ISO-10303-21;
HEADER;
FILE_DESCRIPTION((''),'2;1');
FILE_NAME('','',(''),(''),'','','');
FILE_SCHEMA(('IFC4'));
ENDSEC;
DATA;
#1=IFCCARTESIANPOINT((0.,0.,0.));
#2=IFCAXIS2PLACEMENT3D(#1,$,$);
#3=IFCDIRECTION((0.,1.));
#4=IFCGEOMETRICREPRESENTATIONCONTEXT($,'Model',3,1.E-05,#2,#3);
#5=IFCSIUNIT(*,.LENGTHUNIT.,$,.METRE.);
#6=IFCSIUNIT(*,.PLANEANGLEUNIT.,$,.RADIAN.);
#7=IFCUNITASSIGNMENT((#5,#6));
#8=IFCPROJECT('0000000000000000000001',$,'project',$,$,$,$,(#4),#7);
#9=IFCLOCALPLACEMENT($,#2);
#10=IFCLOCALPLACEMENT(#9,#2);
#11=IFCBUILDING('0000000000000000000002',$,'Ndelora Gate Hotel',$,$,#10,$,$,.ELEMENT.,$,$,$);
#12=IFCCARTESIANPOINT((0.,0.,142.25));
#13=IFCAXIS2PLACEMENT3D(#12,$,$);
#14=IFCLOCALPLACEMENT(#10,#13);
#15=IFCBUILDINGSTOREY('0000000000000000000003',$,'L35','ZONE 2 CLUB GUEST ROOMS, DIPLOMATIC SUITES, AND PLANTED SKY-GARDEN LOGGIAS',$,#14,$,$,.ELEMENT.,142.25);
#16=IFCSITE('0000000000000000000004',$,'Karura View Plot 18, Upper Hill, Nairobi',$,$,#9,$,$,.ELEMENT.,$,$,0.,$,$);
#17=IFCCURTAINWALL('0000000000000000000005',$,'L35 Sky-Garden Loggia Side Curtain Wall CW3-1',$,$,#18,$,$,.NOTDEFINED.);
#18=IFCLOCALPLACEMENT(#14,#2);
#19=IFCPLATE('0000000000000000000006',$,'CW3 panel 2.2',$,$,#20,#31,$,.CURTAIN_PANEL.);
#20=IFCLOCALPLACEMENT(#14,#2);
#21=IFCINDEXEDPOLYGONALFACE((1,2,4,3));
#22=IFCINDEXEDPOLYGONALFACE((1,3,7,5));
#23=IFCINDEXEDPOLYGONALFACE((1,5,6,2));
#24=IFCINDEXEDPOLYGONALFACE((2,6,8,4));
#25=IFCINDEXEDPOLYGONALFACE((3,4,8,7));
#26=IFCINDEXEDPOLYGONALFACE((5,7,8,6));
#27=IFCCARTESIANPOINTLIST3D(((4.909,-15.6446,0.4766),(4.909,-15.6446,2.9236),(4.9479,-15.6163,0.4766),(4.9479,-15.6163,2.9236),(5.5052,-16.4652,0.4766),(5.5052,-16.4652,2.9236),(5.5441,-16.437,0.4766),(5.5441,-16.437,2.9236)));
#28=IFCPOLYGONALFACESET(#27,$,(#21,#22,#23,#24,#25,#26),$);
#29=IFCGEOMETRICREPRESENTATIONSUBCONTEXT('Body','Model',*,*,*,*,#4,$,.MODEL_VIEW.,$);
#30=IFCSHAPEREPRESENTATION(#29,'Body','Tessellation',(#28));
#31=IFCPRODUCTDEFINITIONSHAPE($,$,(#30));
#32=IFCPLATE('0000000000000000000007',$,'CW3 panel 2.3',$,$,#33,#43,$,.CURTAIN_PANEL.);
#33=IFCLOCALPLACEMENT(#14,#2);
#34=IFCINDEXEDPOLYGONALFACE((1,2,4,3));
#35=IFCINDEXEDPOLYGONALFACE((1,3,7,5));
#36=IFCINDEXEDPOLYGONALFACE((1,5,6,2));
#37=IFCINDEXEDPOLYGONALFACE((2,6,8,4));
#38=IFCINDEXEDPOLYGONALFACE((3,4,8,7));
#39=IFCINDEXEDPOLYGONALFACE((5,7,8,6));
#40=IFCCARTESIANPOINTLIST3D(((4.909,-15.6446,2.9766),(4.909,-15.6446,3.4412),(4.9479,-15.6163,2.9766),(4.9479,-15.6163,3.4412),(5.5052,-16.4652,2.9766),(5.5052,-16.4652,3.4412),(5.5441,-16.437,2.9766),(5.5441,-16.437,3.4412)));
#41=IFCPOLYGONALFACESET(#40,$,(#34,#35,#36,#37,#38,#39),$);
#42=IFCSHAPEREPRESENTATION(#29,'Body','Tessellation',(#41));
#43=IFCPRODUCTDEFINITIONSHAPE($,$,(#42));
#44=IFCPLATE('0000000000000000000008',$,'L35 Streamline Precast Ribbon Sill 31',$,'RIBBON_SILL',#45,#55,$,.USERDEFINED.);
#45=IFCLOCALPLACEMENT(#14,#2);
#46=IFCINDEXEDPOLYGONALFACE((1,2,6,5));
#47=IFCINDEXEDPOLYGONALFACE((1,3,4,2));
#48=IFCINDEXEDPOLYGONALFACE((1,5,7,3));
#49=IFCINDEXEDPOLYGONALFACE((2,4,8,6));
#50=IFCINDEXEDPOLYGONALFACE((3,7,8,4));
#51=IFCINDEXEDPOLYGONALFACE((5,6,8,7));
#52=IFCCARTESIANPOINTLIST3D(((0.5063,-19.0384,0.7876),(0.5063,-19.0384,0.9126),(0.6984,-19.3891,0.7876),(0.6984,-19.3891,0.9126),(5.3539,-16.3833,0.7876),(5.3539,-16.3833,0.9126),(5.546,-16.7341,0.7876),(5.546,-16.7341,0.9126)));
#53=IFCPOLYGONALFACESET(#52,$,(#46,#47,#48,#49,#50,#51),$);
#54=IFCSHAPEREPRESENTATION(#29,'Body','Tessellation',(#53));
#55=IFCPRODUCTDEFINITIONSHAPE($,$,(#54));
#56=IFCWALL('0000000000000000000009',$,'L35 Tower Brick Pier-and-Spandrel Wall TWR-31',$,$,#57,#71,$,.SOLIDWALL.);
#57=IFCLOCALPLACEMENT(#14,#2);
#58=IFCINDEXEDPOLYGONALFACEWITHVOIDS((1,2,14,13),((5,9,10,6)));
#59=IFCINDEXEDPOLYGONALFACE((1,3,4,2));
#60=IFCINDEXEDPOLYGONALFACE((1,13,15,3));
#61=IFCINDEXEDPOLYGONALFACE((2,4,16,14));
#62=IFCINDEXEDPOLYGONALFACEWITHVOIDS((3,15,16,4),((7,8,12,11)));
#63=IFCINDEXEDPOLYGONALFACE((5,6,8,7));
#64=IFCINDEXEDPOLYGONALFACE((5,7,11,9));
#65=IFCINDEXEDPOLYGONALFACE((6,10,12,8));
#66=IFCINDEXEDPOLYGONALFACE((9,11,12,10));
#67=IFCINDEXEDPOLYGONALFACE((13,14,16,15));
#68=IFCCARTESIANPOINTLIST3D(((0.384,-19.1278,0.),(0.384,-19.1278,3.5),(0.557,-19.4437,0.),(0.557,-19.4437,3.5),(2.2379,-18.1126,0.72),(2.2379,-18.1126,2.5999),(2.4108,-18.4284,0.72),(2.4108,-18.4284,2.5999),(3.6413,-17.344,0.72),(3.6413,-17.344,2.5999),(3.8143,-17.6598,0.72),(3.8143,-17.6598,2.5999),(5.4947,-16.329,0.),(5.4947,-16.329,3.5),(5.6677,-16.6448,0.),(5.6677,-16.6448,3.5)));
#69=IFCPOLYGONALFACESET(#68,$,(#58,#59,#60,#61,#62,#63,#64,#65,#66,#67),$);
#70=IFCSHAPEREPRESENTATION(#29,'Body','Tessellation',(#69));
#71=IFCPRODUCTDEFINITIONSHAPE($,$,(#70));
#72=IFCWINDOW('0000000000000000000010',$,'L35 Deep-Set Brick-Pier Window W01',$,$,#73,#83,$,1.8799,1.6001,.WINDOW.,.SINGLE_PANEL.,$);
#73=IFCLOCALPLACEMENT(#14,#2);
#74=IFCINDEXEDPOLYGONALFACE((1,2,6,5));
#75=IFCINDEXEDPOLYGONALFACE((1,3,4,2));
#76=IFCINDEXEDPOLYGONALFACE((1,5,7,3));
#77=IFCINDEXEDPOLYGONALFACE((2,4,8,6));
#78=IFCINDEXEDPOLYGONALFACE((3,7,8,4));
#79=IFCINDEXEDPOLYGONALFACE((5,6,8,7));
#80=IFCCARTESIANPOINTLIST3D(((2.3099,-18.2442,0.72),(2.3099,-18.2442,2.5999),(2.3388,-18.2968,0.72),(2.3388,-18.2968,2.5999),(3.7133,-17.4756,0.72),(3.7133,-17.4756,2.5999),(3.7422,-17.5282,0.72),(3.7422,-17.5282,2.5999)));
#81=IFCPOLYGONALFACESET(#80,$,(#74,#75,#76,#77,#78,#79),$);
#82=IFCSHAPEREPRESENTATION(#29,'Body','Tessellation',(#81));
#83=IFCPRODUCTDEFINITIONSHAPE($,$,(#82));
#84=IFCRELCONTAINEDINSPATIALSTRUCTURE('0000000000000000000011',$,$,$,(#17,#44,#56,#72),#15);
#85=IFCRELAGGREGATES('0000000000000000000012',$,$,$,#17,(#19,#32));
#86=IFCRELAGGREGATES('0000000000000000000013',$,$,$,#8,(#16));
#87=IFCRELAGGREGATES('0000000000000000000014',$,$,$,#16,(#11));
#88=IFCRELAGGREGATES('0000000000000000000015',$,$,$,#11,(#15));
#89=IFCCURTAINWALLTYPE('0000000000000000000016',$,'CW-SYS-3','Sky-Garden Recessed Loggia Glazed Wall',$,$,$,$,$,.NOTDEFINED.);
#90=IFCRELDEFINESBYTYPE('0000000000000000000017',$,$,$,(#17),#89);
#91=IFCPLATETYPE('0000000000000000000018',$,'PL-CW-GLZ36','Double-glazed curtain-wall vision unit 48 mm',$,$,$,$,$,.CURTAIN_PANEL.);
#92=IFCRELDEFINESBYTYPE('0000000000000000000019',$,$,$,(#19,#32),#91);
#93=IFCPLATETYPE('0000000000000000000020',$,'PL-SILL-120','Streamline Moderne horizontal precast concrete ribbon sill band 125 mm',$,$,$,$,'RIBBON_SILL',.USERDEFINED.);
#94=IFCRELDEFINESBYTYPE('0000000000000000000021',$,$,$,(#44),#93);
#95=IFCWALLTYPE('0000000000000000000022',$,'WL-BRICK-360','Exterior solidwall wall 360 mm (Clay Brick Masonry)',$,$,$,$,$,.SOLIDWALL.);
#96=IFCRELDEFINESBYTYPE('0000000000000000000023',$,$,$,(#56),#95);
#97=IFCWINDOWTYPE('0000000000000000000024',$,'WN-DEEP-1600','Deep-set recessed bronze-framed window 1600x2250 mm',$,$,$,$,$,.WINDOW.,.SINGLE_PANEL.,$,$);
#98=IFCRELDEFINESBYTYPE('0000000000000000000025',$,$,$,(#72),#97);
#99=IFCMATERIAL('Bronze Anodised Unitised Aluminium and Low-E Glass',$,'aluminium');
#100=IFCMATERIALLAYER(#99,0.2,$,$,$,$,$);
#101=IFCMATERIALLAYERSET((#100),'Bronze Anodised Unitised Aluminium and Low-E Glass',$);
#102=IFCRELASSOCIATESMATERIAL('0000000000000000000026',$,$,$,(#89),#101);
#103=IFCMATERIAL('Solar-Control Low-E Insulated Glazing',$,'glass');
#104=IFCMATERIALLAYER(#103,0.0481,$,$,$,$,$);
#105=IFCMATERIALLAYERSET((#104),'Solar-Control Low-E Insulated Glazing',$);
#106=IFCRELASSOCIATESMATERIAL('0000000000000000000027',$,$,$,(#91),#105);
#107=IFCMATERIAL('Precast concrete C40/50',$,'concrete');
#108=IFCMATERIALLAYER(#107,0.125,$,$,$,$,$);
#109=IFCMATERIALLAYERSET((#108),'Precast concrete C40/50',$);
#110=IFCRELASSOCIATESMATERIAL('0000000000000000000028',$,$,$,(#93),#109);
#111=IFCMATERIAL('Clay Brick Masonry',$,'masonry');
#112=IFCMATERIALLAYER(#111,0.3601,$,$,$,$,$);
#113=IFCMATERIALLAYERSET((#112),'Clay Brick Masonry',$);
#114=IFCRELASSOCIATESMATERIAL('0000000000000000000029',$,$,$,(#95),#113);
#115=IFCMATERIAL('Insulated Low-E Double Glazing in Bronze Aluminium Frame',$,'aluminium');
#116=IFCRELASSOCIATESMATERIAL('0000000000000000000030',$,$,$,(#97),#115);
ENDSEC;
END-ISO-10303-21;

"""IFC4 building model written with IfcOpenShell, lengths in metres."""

from ifc_helpers import new_model, si_unit, direction, frame, frame_2d, origin, origin_2d, place, context, subcontext, project, spatial, rectangle, extrude, material, layer, layer_set, type_object, element, fill, aggregate, save


model = new_model("IFC4")

# Units and contexts
model_context = context("Model", 3, precision=1e-05, world=origin(), true_north=direction((0.0, 1.0)))
body_context = subcontext(model_context, "Body", "Model", "MODEL_VIEW")
ifc_project = project(units=[si_unit("LENGTHUNIT", "METRE"), si_unit("PLANEANGLEUNIT", "RADIAN")], contexts=[model_context])

# Site, building, storey
site_placement = place(None, origin())
site = spatial("IfcSite", under=ifc_project, at=site_placement, Name="Karura View Plot 18, Upper Hill, Nairobi", CompositionType="ELEMENT", RefElevation=0.0)
building_placement = place(site_placement, origin())
building = spatial("IfcBuilding", under=site, at=building_placement, Name="Ndelora Gate Hotel", CompositionType="ELEMENT")
storey_placement = place(building_placement, frame((0.0, 0.0, 142.25)))
storey = spatial("IfcBuildingStorey", under=building, at=storey_placement, Name="L35", Description="ZONE 2 CLUB GUEST ROOMS, DIPLOMATIC SUITES, AND PLANTED SKY-GARDEN LOGGIAS", CompositionType="ELEMENT", Elevation=142.25)

# Curtain wall, plates
ifc_material_1 = material(Name="Bronze Anodised Unitised Aluminium and Low-E Glass", Category="aluminium")
ifc_layer_1 = layer(ifc_material_1, 0.2)
ifc_layer_set_1 = layer_set([ifc_layer_1], Name="Bronze Anodised Unitised Aluminium and Low-E Glass")
curtain_wall_type = type_object("IfcCurtainWallType", Name="CW-SYS-3", Description="Sky-Garden Recessed Loggia Glazed Wall", PredefinedType="NOTDEFINED", material=ifc_layer_set_1)
curtain_wall_placement = place(storey_placement, origin())
curtain_wall = element("IfcCurtainWall", 1, at=curtain_wall_placement, inside=storey, type_object=curtain_wall_type, Name="L35 Sky-Garden Loggia Side Curtain Wall CW3-1", PredefinedType="NOTDEFINED")
ifc_material_2 = material(Name="Solar-Control Low-E Insulated Glazing", Category="glass")
ifc_layer_2 = layer(ifc_material_2, 0.0481)
ifc_layer_set_2 = layer_set([ifc_layer_2], Name="Solar-Control Low-E Insulated Glazing")
plate_type_1 = type_object("IfcPlateType", Name="PL-CW-GLZ36", Description="Double-glazed curtain-wall vision unit 48 mm", PredefinedType="CURTAIN_PANEL", material=ifc_layer_set_2)
plate_1_placement = place(storey_placement, frame((5.2266, -16.0408, 0.4766), z_axis=(0.0, 0.0, 1.0), x_axis=(0.587785, -0.809017, 0.0)))
plate_1 = element("IfcPlate", 2, at=plate_1_placement, type_object=plate_type_1, Name="CW3 panel 2.2", PredefinedType="CURTAIN_PANEL", context=body_context, shape_type="SweptSolid", body=[
    extrude(rectangle(XDim=1.0144, YDim=0.0481, at=origin_2d()), origin(), (0.0, 0.0, 1.0), 2.447),
])
plate_2_placement = place(storey_placement, frame((5.2266, -16.0408, 2.9766), z_axis=(0.0, 0.0, 1.0), x_axis=(0.587785, -0.809017, 0.0)))
plate_2 = element("IfcPlate", 3, at=plate_2_placement, type_object=plate_type_1, Name="CW3 panel 2.3", PredefinedType="CURTAIN_PANEL", context=body_context, shape_type="SweptSolid", body=[
    extrude(rectangle(XDim=1.0144, YDim=0.0481, at=origin_2d()), origin(), (0.0, 0.0, 1.0), 0.4646),
])
aggregate(curtain_wall, [plate_1, plate_2])

# Plate
ifc_material_3 = material(Name="Precast concrete C40/50", Category="concrete")
ifc_layer_3 = layer(ifc_material_3, 0.125)
ifc_layer_set_3 = layer_set([ifc_layer_3], Name="Precast concrete C40/50")
plate_type_2 = type_object("IfcPlateType", Name="PL-SILL-120", Description="Streamline Moderne horizontal precast concrete ribbon sill band 125 mm", ElementType="RIBBON_SILL", PredefinedType="USERDEFINED", material=ifc_layer_set_3)
plate_3_placement = place(storey_placement, frame((3.0261, -17.8862, 0.7876), z_axis=(0.0, 0.0, 1.0), x_axis=(0.877062, 0.480377, 0.0)))
element("IfcPlate", 4, at=plate_3_placement, inside=storey, type_object=plate_type_2, Name="L35 Streamline Precast Ribbon Sill 31", ObjectType="RIBBON_SILL", PredefinedType="USERDEFINED", context=body_context, shape_type="SweptSolid", body=[
    extrude(rectangle(XDim=5.5271, YDim=0.3999, at=origin_2d()), origin(), (0.0, 0.0, 1.0), 0.125),
])

# Wall, opening, window
ifc_material_4 = material(Name="Clay Brick Masonry", Category="masonry")
ifc_layer_4 = layer(ifc_material_4, 0.3601)
ifc_layer_set_4 = layer_set([ifc_layer_4], Name="Clay Brick Masonry")
wall_type = type_object("IfcWallType", Name="WL-BRICK-360", Description="Exterior solidwall wall 360 mm (Clay Brick Masonry)", PredefinedType="SOLIDWALL", material=ifc_layer_set_4)
wall_placement = place(storey_placement, frame((5.5813, -16.4868, 0.0), z_axis=(0.0, 0.0, 1.0), x_axis=(-0.877084, -0.480337, 0.0)))
wall = element("IfcWall", 5, at=wall_placement, inside=storey, type_object=wall_type, Name="L35 Tower Brick Pier-and-Spandrel Wall TWR-31", PredefinedType="SOLIDWALL", context=body_context, shape_type="SweptSolid", body=[
    extrude(rectangle(XDim=5.8269, YDim=0.3601, at=frame_2d((2.9136, 0.0))), origin(), (0.0, 0.0, 1.0), 3.5),
])
opening_placement = place(wall_placement, frame((2.1133, 0.0, 0.72)))
opening = element("IfcOpeningElement", 6, at=opening_placement, cuts=wall, PredefinedType="OPENING", context=body_context, shape_type="SweptSolid", body=[
    extrude(rectangle(XDim=1.6001, YDim=1.8799, at=frame_2d((0.8, 0.9399))), frame((0.0, 0.1899, 0.0), z_axis=(0.0, -1.0, 0.0), x_axis=(1.0, 0.0, 0.0)), (0.0, 0.0, 1.0), 0.3801),
])
ifc_material_5 = material(Name="Insulated Low-E Double Glazing in Bronze Aluminium Frame", Category="aluminium")
window_type = type_object("IfcWindowType", Name="WN-DEEP-1600", Description="Deep-set recessed bronze-framed window 1600x2250 mm", PartitioningType="SINGLE_PANEL", PredefinedType="WINDOW", material=ifc_material_5)
window_placement = place(opening_placement, origin())
window = element("IfcWindow", 7, at=window_placement, inside=storey, type_object=window_type, Name="L35 Deep-Set Brick-Pier Window W01", OverallHeight=1.8799, OverallWidth=1.6001, PartitioningType="SINGLE_PANEL", PredefinedType="WINDOW", context=body_context, shape_type="SweptSolid", body=[
    extrude(rectangle(XDim=1.6001, YDim=1.8799, at=frame_2d((0.8, 0.9399))), frame((0.0, 0.03, 0.0), z_axis=(0.0, -1.0, 0.0), x_axis=(1.0, 0.0, 0.0)), (0.0, 0.0, 1.0), 0.0601),
])
fill(opening, window)

save(model, "model.ifc")
